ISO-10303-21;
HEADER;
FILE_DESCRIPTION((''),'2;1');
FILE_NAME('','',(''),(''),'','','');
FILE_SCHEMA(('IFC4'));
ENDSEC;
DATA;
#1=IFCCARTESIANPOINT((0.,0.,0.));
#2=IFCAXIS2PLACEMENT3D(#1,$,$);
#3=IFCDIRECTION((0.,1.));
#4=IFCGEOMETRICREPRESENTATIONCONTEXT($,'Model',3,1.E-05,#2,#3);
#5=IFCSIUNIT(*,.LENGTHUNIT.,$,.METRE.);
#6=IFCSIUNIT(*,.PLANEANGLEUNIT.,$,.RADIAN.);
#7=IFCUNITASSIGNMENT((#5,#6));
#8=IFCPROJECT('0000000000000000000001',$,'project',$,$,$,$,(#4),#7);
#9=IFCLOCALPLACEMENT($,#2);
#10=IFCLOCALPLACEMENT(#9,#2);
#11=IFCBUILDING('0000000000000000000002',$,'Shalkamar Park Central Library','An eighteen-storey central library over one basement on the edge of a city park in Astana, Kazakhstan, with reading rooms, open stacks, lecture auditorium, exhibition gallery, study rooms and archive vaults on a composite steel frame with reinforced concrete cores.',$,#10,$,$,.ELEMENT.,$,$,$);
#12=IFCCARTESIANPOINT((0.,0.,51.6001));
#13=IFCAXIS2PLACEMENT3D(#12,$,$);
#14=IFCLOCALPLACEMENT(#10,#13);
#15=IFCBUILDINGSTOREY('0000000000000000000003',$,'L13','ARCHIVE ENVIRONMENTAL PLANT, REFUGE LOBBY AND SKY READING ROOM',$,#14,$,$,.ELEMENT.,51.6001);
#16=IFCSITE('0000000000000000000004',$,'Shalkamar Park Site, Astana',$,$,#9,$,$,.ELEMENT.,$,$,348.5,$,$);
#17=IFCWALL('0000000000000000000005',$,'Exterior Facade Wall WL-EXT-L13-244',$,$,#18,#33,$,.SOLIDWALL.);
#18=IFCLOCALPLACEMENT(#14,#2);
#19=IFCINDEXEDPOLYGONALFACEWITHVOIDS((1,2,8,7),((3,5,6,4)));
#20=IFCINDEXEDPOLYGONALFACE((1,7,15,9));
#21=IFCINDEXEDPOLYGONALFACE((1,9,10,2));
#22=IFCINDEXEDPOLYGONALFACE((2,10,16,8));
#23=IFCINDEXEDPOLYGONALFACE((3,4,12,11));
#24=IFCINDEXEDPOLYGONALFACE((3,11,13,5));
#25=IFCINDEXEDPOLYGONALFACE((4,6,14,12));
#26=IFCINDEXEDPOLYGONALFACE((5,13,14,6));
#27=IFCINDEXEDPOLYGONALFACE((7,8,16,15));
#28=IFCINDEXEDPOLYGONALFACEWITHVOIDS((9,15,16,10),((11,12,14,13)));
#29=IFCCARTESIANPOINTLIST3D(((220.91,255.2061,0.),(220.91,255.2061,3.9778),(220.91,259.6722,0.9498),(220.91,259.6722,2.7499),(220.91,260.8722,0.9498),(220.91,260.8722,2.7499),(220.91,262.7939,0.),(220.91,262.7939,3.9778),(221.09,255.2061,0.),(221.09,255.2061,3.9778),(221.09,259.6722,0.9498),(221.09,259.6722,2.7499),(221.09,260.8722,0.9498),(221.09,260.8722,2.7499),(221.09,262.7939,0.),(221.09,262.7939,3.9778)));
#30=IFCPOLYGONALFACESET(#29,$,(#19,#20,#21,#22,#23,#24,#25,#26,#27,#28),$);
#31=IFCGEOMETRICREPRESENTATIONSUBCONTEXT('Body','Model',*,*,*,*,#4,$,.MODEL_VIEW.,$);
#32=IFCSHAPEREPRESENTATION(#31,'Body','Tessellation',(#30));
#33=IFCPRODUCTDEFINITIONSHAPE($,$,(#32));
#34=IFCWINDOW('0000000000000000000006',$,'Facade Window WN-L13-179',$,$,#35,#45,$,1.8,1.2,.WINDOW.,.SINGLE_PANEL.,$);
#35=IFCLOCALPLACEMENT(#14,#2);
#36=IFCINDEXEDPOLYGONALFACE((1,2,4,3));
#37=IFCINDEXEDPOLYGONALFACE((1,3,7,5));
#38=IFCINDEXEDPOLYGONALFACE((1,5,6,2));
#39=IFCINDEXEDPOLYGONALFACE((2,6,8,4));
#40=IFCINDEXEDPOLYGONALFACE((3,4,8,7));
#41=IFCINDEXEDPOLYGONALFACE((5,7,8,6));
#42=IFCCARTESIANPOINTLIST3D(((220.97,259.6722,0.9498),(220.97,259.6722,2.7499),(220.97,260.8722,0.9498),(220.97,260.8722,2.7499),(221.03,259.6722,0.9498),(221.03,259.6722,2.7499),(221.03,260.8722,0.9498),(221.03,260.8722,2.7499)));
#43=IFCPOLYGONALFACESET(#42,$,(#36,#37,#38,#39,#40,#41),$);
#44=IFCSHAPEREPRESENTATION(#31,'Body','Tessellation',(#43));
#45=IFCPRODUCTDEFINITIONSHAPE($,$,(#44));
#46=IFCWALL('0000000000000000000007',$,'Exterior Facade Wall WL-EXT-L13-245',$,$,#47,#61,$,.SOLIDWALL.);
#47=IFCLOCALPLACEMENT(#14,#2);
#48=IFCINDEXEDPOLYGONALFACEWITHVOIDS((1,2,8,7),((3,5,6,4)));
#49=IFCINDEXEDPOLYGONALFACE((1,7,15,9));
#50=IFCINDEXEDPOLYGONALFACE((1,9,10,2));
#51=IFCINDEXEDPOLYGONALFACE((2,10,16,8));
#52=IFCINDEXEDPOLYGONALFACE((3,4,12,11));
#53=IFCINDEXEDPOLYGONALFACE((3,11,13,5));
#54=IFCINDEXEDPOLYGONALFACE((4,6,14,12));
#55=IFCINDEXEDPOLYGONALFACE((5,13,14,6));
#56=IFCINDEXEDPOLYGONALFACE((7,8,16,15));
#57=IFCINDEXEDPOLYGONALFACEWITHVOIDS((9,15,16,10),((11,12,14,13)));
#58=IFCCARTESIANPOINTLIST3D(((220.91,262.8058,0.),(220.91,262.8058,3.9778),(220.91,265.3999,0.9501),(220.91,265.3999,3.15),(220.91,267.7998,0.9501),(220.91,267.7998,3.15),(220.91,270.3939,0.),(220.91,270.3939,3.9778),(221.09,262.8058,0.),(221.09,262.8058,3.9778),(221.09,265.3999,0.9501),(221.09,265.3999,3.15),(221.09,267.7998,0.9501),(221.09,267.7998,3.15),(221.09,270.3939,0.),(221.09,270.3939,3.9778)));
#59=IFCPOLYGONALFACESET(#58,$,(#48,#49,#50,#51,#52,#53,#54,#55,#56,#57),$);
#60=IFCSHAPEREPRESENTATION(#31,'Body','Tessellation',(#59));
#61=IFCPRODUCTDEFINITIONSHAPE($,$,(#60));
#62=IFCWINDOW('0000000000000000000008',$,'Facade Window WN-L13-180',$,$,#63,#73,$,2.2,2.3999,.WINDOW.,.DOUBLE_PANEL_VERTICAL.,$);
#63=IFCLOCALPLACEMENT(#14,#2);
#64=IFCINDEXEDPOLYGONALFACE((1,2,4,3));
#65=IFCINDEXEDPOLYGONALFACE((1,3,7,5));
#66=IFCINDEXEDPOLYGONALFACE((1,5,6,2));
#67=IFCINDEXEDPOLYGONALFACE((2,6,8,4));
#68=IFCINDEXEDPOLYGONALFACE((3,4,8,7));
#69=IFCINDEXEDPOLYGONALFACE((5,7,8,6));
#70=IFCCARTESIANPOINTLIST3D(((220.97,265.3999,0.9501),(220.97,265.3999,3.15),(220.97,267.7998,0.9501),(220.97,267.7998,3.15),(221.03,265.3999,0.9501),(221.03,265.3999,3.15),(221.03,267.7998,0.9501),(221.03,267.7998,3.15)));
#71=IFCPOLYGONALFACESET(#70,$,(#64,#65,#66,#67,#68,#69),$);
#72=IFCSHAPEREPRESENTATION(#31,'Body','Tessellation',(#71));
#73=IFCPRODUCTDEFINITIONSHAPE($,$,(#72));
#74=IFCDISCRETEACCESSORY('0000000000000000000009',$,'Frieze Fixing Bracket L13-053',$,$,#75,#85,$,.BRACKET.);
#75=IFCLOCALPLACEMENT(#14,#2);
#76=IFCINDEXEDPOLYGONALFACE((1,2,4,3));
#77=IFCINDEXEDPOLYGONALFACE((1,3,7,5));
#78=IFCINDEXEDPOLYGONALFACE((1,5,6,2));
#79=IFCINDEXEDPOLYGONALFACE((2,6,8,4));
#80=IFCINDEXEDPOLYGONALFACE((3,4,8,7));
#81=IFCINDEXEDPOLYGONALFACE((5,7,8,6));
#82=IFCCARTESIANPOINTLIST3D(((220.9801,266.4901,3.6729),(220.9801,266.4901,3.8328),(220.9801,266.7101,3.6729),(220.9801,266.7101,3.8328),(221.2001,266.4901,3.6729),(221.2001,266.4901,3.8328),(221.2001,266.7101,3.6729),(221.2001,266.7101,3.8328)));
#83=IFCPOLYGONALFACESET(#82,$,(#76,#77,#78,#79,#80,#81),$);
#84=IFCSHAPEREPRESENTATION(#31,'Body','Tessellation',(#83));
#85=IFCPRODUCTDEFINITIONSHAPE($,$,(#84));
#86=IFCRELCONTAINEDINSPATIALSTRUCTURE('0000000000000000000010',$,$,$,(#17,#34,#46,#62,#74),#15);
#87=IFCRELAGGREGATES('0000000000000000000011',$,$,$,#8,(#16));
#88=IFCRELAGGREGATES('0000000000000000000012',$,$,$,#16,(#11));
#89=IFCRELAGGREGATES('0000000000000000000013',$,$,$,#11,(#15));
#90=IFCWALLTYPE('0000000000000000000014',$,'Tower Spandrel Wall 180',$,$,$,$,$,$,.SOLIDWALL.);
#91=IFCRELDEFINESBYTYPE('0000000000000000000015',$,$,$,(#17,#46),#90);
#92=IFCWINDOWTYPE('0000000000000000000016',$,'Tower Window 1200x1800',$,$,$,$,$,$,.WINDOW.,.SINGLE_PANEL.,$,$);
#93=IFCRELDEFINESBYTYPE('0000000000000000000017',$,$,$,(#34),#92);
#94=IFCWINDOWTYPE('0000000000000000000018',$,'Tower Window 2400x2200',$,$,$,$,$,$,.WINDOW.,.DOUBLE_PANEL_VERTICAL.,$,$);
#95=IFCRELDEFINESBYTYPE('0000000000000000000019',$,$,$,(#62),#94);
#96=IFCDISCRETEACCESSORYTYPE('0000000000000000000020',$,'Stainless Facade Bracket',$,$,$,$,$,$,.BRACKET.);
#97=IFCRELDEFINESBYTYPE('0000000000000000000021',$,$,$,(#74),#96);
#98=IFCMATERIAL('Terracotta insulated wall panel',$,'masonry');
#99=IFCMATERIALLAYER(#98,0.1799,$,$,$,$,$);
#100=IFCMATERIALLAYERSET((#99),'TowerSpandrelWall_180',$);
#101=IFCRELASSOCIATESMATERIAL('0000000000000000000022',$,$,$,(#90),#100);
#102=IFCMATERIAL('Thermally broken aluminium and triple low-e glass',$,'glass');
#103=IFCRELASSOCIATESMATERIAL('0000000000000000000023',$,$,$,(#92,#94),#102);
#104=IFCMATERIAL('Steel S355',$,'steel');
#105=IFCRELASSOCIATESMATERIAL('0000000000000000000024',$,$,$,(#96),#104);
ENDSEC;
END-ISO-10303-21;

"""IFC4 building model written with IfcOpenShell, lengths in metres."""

from ifc_helpers import new_model, si_unit, direction, frame, frame_2d, origin, origin_2d, place, context, subcontext, project, spatial, rectangle, extrude, material, layer, layer_set, type_object, element, fill, save


model = new_model("IFC4")

# Units and contexts
model_context = context("Model", 3, precision=1e-05, world=origin(), true_north=direction((0.0, 1.0)))
body_context = subcontext(model_context, "Body", "Model", "MODEL_VIEW")
ifc_project = project(units=[si_unit("LENGTHUNIT", "METRE"), si_unit("PLANEANGLEUNIT", "RADIAN")], contexts=[model_context])

# Site, building, storey
site_placement = place(None, origin())
site = spatial("IfcSite", under=ifc_project, at=site_placement, Name="Shalkamar Park Site, Astana", CompositionType="ELEMENT", RefElevation=348.5)
building_placement = place(site_placement, origin())
building = spatial("IfcBuilding", under=site, at=building_placement, Name="Shalkamar Park Central Library", Description="An eighteen-storey central library over one basement on the edge of a city park in Astana, Kazakhstan, with reading rooms, open stacks, lecture auditorium, exhibition gallery, study rooms and archive vaults on a composite steel frame with reinforced concrete cores.", CompositionType="ELEMENT")
storey_placement = place(building_placement, frame((0.0, 0.0, 51.6001)))
storey = spatial("IfcBuildingStorey", under=building, at=storey_placement, Name="L13", Description="ARCHIVE ENVIRONMENTAL PLANT, REFUGE LOBBY AND SKY READING ROOM", CompositionType="ELEMENT", Elevation=51.6001)

# Shared definitions
ifc_material_1 = material(Name="Steel S355", Category="steel")

# Walls, openings, windows
ifc_material_2 = material(Name="Terracotta insulated wall panel", Category="masonry")
ifc_layer_1 = layer(ifc_material_2, 0.1799)
ifc_layer_set_1 = layer_set([ifc_layer_1], Name="TowerSpandrelWall_180")
wall_type = type_object("IfcWallType", Name="Tower Spandrel Wall 180", PredefinedType="SOLIDWALL", material=ifc_layer_set_1)
wall_1_placement = place(storey_placement, frame((221.0, 255.2061, 0.0), z_axis=(0.0, 0.0, 1.0), x_axis=(0.0, 1.0, 0.0)))
wall_1 = element("IfcWall", 1, at=wall_1_placement, inside=storey, type_object=wall_type, Name="Exterior Facade Wall WL-EXT-L13-244", PredefinedType="SOLIDWALL", context=body_context, shape_type="SweptSolid", body=[
    extrude(rectangle(XDim=7.5879, YDim=0.1799, at=frame_2d((3.7939, 0.0))), origin(), (0.0, 0.0, 1.0), 3.9778),
])
opening_1_placement = place(wall_1_placement, frame((4.4661, 0.0, 0.95)))
opening_1 = element("IfcOpeningElement", 2, at=opening_1_placement, cuts=wall_1, PredefinedType="OPENING", context=body_context, shape_type="SweptSolid", body=[
    extrude(rectangle(XDim=1.2, YDim=1.8, at=frame_2d((0.6001, 0.8999))), frame((0.0, 0.105, 0.0), z_axis=(0.0, -1.0, 0.0), x_axis=(1.0, 0.0, 0.0)), (0.0, 0.0, 1.0), 0.2097),
])
ifc_material_3 = material(Name="Thermally broken aluminium and triple low-e glass", Category="glass")
window_type_1 = type_object("IfcWindowType", Name="Tower Window 1200x1800", PartitioningType="SINGLE_PANEL", PredefinedType="WINDOW", material=ifc_material_3)
window_1_placement = place(opening_1_placement, origin())
window_1 = element("IfcWindow", 3, at=window_1_placement, inside=storey, type_object=window_type_1, Name="Facade Window WN-L13-179", OverallHeight=1.8, OverallWidth=1.2, PartitioningType="SINGLE_PANEL", PredefinedType="WINDOW", context=body_context, shape_type="SweptSolid", body=[
    extrude(rectangle(XDim=1.2, YDim=1.8, at=frame_2d((0.6001, 0.8999))), frame((0.0, 0.03, 0.0), z_axis=(0.0, -1.0, 0.0), x_axis=(1.0, 0.0, 0.0)), (0.0, 0.0, 1.0), 0.0601),
])
fill(opening_1, window_1)
wall_2_placement = place(storey_placement, frame((221.0, 262.8059, 0.0), z_axis=(0.0, 0.0, 1.0), x_axis=(0.0, 1.0, 0.0)))
wall_2 = element("IfcWall", 4, at=wall_2_placement, inside=storey, type_object=wall_type, Name="Exterior Facade Wall WL-EXT-L13-245", PredefinedType="SOLIDWALL", context=body_context, shape_type="SweptSolid", body=[
    extrude(rectangle(XDim=7.5881, YDim=0.1799, at=frame_2d((3.7939, 0.0))), origin(), (0.0, 0.0, 1.0), 3.9778),
])
opening_2_placement = place(wall_2_placement, frame((2.594, 0.0, 0.95)))
opening_2 = element("IfcOpeningElement", 5, at=opening_2_placement, cuts=wall_2, PredefinedType="OPENING", context=body_context, shape_type="SweptSolid", body=[
    extrude(rectangle(XDim=2.3999, YDim=2.2, at=frame_2d((1.2, 1.1001))), frame((0.0, 0.105, 0.0), z_axis=(0.0, -1.0, 0.0), x_axis=(1.0, 0.0, 0.0)), (0.0, 0.0, 1.0), 0.2097),
])
window_type_2 = type_object("IfcWindowType", Name="Tower Window 2400x2200", PartitioningType="DOUBLE_PANEL_VERTICAL", PredefinedType="WINDOW", material=ifc_material_3)
window_2_placement = place(opening_2_placement, origin())
window_2 = element("IfcWindow", 6, at=window_2_placement, inside=storey, type_object=window_type_2, Name="Facade Window WN-L13-180", OverallHeight=2.2, OverallWidth=2.3999, PartitioningType="DOUBLE_PANEL_VERTICAL", PredefinedType="WINDOW", context=body_context, shape_type="SweptSolid", body=[
    extrude(rectangle(XDim=2.3999, YDim=2.2, at=frame_2d((1.2, 1.1001))), frame((0.0, 0.03, 0.0), z_axis=(0.0, -1.0, 0.0), x_axis=(1.0, 0.0, 0.0)), (0.0, 0.0, 1.0), 0.0601),
])
fill(opening_2, window_2)

# Discrete accessory
discrete_accessory_type = type_object("IfcDiscreteAccessoryType", Name="Stainless Facade Bracket", PredefinedType="BRACKET", material=ifc_material_1)
discrete_accessory_placement = place(storey_placement, frame((221.0901, 266.6001, 3.6729), z_axis=(0.0, 0.0, 1.0), x_axis=(1.0, 0.0, 0.0)))
element("IfcDiscreteAccessory", 7, at=discrete_accessory_placement, inside=storey, type_object=discrete_accessory_type, Name="Frieze Fixing Bracket L13-053", PredefinedType="BRACKET", context=body_context, shape_type="SweptSolid", body=[
    extrude(rectangle(XDim=0.22, YDim=0.22, at=origin_2d()), origin(), (0.0, 0.0, 1.0), 0.1599),
])

save(model, "model.ifc")
